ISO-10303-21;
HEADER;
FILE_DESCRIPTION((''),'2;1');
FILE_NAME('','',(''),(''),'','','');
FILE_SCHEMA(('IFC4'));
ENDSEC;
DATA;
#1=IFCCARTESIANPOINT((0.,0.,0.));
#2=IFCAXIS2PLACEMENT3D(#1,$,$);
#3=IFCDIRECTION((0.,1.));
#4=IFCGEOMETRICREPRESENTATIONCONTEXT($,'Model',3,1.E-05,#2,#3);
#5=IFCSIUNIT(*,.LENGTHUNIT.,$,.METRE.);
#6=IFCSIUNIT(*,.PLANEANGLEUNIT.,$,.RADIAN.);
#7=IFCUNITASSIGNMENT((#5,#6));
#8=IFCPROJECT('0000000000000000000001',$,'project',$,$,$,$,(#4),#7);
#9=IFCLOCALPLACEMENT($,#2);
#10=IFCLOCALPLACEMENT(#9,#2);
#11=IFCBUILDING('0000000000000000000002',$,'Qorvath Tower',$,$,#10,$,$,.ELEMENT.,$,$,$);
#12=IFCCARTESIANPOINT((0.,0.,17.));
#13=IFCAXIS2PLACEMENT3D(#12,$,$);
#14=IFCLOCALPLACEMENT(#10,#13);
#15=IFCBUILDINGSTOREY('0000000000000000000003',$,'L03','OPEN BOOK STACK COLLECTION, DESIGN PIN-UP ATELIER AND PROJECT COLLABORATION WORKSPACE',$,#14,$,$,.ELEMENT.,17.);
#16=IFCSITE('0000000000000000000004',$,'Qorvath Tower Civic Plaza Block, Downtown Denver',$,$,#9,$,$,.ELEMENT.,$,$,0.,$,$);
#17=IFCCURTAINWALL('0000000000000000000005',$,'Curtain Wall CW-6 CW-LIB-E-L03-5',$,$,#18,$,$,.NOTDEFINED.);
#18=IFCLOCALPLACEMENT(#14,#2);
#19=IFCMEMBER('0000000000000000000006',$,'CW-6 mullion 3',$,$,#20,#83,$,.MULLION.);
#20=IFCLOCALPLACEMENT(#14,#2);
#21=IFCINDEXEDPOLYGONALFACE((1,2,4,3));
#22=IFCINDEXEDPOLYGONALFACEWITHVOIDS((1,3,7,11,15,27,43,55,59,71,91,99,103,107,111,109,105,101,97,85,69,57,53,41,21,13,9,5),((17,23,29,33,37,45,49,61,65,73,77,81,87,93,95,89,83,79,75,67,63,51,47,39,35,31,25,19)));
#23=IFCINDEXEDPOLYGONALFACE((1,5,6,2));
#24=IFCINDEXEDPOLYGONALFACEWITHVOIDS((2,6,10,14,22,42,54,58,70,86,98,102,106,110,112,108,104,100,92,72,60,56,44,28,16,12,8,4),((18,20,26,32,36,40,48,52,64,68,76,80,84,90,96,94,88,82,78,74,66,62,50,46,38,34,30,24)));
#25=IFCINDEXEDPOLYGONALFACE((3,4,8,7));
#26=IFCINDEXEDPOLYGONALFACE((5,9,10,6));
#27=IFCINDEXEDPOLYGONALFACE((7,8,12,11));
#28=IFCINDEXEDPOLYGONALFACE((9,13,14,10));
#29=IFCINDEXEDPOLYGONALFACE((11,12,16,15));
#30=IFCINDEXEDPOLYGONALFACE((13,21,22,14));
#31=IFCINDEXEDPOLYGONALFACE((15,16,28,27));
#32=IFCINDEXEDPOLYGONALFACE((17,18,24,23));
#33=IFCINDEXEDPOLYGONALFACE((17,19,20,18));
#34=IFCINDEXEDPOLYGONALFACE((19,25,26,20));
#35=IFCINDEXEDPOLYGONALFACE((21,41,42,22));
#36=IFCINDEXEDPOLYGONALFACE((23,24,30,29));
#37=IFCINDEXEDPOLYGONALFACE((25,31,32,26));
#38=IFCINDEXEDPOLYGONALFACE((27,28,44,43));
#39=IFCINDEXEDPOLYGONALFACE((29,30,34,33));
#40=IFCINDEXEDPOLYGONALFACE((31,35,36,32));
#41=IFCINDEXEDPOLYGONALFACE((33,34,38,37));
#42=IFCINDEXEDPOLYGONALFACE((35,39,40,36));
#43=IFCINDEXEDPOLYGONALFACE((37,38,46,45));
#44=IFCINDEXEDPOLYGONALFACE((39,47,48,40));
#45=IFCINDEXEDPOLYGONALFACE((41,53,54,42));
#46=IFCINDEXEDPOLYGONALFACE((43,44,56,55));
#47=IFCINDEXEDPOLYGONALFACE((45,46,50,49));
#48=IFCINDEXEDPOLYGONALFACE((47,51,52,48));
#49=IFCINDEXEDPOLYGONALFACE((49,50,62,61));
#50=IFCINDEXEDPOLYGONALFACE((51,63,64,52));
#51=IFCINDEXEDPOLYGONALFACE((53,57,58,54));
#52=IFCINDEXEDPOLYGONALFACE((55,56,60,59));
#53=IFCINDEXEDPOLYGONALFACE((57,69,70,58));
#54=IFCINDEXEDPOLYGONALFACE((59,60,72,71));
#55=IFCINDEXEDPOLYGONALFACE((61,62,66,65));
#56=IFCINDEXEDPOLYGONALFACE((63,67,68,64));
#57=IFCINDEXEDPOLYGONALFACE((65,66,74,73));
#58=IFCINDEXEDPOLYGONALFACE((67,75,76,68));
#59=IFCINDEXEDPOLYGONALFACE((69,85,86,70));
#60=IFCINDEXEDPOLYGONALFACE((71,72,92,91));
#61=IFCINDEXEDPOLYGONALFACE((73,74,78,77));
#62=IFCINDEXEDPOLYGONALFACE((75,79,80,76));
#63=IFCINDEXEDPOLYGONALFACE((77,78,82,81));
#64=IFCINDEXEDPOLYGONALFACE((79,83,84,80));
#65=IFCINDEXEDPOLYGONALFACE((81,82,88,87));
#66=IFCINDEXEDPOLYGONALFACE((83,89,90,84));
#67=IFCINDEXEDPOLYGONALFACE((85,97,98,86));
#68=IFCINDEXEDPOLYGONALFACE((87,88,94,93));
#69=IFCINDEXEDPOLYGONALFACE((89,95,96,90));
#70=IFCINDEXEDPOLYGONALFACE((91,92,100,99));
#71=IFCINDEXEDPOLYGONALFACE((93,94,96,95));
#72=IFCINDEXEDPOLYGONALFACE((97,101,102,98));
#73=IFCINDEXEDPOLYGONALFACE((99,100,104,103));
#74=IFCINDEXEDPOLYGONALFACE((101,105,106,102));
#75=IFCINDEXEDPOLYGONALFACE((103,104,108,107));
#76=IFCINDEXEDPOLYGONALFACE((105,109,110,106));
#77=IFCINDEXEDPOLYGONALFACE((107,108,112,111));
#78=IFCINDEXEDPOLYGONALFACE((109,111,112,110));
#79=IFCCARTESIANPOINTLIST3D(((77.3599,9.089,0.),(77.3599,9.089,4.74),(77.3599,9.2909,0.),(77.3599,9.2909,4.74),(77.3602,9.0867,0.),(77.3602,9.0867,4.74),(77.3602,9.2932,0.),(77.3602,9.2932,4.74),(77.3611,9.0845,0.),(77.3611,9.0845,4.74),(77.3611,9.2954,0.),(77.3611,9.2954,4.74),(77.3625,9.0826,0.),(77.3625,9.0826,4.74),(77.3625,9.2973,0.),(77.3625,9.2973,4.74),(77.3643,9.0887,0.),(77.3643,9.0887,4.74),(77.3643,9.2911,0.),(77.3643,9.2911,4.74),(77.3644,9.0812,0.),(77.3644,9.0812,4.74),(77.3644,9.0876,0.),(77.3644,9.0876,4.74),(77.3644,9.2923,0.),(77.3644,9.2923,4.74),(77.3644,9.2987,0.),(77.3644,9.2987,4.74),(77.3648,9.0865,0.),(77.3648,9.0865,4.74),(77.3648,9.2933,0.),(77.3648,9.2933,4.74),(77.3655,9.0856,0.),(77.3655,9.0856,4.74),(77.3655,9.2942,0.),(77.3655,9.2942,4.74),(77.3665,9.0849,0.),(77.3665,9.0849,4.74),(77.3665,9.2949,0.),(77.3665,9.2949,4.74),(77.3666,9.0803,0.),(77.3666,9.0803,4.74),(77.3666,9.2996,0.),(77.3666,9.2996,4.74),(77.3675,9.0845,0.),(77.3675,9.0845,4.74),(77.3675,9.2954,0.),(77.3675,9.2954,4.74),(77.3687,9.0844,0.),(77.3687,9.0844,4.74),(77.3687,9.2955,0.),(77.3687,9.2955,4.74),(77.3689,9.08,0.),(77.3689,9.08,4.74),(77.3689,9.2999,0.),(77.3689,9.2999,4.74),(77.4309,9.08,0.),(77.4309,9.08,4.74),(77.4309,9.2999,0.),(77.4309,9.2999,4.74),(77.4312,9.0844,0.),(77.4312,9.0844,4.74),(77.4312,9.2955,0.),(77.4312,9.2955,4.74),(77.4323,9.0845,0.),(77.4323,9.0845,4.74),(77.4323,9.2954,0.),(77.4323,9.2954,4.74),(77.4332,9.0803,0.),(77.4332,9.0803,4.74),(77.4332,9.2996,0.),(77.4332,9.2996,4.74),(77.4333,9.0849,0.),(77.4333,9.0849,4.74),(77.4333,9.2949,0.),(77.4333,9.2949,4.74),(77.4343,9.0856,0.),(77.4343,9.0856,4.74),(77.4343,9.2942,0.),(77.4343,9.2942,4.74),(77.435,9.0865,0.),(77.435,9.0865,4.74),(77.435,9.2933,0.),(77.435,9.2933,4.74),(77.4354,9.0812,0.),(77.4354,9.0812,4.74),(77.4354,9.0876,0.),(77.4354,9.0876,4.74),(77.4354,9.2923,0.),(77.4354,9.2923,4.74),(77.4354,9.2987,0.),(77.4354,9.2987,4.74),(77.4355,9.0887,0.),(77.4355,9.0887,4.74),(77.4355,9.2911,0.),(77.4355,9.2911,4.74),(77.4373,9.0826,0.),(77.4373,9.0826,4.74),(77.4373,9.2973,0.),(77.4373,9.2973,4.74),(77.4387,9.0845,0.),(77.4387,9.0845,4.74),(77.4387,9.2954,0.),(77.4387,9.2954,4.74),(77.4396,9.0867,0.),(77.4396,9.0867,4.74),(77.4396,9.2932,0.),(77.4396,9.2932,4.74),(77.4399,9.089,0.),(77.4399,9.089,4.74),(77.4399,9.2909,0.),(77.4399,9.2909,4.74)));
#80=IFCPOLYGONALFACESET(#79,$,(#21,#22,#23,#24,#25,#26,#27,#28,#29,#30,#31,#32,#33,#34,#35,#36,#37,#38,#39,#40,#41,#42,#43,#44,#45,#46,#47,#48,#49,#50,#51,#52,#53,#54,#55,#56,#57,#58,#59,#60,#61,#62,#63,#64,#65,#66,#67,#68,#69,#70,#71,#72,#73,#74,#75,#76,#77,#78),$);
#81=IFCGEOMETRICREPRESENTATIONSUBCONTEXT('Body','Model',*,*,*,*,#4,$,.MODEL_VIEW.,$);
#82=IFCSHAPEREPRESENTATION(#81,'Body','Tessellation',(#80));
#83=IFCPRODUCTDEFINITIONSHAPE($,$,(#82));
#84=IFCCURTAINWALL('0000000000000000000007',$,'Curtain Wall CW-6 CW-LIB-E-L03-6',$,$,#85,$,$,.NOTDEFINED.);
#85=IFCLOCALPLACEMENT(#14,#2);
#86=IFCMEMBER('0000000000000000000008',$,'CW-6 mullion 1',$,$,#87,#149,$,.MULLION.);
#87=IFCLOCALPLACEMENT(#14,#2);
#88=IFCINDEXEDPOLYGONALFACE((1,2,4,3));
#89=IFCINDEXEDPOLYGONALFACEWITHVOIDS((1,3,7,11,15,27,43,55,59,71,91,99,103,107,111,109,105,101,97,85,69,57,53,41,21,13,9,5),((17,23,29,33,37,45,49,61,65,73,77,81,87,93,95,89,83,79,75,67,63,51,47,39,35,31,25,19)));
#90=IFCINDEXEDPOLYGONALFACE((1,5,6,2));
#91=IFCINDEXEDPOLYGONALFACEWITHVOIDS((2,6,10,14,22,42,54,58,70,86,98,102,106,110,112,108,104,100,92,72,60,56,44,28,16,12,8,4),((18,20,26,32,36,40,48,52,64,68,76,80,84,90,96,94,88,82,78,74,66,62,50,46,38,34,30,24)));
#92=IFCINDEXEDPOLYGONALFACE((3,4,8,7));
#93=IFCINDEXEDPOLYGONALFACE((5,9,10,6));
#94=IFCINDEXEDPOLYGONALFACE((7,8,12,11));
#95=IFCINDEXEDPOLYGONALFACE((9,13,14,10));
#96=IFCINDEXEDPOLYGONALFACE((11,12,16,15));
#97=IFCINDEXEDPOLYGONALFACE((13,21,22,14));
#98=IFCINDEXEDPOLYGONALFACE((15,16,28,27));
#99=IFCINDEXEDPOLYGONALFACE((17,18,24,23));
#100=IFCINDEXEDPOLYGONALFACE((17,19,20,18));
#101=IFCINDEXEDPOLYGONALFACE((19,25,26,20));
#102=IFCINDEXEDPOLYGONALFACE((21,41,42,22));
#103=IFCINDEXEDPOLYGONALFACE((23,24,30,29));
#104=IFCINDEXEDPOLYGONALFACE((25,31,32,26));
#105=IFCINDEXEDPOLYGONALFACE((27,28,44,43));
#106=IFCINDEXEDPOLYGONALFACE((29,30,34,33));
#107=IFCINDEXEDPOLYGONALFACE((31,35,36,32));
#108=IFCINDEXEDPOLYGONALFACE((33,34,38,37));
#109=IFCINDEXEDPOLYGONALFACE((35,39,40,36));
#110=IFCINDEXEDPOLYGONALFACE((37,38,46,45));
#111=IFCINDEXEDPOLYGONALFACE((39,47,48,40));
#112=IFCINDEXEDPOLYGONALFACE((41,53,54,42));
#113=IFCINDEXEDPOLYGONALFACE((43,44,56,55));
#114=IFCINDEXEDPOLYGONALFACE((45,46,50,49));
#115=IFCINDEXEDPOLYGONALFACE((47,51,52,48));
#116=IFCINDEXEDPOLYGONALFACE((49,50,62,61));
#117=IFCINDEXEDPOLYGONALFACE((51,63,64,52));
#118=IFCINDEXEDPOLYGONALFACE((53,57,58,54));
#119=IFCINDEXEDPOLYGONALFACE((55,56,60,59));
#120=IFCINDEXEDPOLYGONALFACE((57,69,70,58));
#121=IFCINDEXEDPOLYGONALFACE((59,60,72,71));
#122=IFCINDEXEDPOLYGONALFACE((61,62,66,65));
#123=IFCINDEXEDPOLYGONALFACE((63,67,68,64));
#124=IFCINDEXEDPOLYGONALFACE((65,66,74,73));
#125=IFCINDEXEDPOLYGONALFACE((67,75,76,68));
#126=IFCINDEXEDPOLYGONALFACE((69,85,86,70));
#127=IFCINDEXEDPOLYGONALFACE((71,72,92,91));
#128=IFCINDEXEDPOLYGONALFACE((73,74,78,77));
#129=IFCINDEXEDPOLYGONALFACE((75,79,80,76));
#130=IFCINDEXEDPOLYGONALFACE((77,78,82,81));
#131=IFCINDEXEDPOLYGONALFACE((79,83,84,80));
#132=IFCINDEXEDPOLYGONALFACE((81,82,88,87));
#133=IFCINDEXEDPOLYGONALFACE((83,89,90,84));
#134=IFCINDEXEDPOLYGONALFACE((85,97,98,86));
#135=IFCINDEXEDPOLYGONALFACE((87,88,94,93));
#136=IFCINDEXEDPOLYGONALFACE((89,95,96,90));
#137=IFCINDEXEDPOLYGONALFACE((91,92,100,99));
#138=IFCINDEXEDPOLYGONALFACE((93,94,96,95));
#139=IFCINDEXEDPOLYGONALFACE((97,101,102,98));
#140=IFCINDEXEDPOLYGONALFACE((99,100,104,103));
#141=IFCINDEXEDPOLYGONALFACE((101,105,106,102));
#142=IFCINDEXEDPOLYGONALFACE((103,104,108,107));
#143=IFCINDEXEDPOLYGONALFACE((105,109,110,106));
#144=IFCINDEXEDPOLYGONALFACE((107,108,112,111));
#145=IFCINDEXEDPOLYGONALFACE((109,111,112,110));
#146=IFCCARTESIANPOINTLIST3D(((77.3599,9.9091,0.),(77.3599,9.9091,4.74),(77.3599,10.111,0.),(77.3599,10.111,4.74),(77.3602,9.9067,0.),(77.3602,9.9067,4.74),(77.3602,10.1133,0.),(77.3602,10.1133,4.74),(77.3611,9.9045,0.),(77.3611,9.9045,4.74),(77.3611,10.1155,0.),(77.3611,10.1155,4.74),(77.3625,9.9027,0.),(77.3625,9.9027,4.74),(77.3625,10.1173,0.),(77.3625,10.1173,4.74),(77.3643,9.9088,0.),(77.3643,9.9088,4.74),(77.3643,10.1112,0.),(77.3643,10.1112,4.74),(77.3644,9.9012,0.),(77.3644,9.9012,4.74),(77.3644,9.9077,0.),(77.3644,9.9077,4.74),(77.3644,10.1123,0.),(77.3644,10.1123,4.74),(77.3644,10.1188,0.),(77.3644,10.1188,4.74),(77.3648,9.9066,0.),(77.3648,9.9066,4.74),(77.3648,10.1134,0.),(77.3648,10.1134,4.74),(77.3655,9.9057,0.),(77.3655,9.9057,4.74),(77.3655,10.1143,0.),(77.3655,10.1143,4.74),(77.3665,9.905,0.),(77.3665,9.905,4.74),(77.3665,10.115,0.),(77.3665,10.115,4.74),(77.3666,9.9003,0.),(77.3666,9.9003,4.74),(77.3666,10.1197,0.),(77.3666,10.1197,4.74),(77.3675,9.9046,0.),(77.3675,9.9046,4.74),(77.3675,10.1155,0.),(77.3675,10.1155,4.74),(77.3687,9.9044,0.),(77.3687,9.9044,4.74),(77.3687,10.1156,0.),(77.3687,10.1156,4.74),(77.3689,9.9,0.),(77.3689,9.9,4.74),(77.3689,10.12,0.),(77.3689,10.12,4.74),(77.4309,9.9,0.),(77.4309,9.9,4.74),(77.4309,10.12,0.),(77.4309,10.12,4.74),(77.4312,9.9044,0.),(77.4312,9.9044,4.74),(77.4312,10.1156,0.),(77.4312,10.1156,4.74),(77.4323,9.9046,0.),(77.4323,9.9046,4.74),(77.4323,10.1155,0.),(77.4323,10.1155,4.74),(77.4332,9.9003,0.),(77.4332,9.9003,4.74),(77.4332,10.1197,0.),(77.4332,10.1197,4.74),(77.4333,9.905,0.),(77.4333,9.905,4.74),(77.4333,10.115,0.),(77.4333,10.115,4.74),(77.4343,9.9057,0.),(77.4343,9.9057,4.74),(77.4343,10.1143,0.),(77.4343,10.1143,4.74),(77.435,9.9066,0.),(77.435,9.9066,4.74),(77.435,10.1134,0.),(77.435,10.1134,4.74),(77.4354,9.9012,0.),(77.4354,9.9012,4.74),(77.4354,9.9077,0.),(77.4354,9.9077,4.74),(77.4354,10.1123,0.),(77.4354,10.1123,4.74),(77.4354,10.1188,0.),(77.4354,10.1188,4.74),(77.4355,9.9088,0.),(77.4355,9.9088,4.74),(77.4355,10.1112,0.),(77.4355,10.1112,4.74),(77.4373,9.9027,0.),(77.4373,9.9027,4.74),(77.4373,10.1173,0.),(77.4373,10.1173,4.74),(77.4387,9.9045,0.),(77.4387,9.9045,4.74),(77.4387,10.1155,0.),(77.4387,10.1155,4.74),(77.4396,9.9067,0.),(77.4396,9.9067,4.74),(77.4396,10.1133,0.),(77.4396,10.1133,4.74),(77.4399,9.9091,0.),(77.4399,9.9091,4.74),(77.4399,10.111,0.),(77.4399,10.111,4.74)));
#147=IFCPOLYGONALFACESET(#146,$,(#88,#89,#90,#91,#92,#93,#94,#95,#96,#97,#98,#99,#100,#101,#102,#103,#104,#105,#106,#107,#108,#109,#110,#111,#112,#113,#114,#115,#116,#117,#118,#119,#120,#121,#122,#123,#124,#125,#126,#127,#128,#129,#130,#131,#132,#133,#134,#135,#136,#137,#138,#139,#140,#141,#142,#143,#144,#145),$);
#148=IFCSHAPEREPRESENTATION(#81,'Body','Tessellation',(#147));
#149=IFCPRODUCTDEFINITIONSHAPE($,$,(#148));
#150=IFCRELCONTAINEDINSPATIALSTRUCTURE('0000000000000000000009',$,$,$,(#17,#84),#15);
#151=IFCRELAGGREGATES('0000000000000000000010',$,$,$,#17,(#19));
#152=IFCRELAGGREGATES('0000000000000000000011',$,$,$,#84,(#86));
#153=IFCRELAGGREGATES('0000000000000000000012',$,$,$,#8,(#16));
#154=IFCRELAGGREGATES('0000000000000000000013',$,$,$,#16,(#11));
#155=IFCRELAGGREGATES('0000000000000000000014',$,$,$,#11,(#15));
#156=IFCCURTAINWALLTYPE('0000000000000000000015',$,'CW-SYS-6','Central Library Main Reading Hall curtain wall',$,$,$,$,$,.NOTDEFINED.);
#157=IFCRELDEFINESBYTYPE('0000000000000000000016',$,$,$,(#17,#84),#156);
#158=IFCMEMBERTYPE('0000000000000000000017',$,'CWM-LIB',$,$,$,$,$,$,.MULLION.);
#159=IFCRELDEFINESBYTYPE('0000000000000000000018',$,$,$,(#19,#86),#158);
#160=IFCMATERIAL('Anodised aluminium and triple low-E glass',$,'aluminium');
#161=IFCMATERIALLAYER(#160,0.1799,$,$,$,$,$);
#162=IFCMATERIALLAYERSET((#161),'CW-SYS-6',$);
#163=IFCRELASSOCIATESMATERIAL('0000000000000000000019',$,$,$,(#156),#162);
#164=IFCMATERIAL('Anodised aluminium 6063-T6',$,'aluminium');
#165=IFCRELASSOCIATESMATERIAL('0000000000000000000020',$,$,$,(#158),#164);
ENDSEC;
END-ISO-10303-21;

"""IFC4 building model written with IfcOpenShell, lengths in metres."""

from ifc_helpers import new_model, si_unit, direction, frame, origin, origin_2d, place, context, subcontext, project, spatial, hollow_rectangle, extrude, material, layer, layer_set, material_profile, profile_set, type_object, element, aggregate, save


model = new_model("IFC4")

# Units and contexts
model_context = context("Model", 3, precision=1e-05, world=origin(), true_north=direction((0.0, 1.0)))
body_context = subcontext(model_context, "Body", "Model", "MODEL_VIEW")
ifc_project = project(units=[si_unit("LENGTHUNIT", "METRE"), si_unit("PLANEANGLEUNIT", "RADIAN")], contexts=[model_context])

# Site, building, storey
site_placement = place(None, origin())
site = spatial("IfcSite", under=ifc_project, at=site_placement, Name="Qorvath Tower Civic Plaza Block, Downtown Denver", CompositionType="ELEMENT", RefElevation=0.0)
building_placement = place(site_placement, origin())
building = spatial("IfcBuilding", under=site, at=building_placement, Name="Qorvath Tower", CompositionType="ELEMENT")
storey_placement = place(building_placement, frame((0.0, 0.0, 17.0)))
storey = spatial("IfcBuildingStorey", under=building, at=storey_placement, Name="L03", Description="OPEN BOOK STACK COLLECTION, DESIGN PIN-UP ATELIER AND PROJECT COLLABORATION WORKSPACE", CompositionType="ELEMENT", Elevation=17.0)

# Curtain walls, members
ifc_material_1 = material(Name="Anodised aluminium and triple low-E glass", Category="aluminium")
ifc_layer_1 = layer(ifc_material_1, 0.1799)
ifc_layer_set_1 = layer_set([ifc_layer_1], Name="CW-SYS-6")
curtain_wall_type = type_object("IfcCurtainWallType", Name="CW-SYS-6", Description="Central Library Main Reading Hall curtain wall", PredefinedType="NOTDEFINED", material=ifc_layer_set_1)
curtain_wall_1_placement = place(storey_placement, origin())
curtain_wall_1 = element("IfcCurtainWall", 1, at=curtain_wall_1_placement, inside=storey, type_object=curtain_wall_type, Name="Curtain Wall CW-6 CW-LIB-E-L03-5", PredefinedType="NOTDEFINED")
ifc_material_2 = material(Name="Anodised aluminium 6063-T6", Category="aluminium")
ifc_material_profile_1 = material_profile(ifc_material_2, hollow_rectangle(XDim=0.0801, YDim=0.22, WallThickness=0.0044, InnerFilletRadius=0.0044, OuterFilletRadius=0.009, at=origin_2d()), Name="CWM LIB 220x80")
ifc_profile_set_1 = profile_set([ifc_material_profile_1], Name="Anodised aluminium 6063-T6")
member_type_1 = type_object("IfcMemberType", Name="CWM-LIB", PredefinedType="MULLION", material=ifc_profile_set_1)
member_1_placement = place(storey_placement, frame((77.3999, 9.1899, 0.0), z_axis=(0.0, 0.0, 1.0), x_axis=(-1.0, 0.0, 0.0)))
member_1 = element("IfcMember", 2, at=member_1_placement, type_object=member_type_1, Name="CW-6 mullion 3", PredefinedType="MULLION", context=body_context, shape_type="SweptSolid", body=[
    extrude(hollow_rectangle(XDim=0.0801, YDim=0.22, WallThickness=0.0044, InnerFilletRadius=0.0044, OuterFilletRadius=0.009, at=origin_2d()), origin(), (0.0, 0.0, 1.0), 4.74),
])
curtain_wall_2_placement = place(storey_placement, origin())
curtain_wall_2 = element("IfcCurtainWall", 3, at=curtain_wall_2_placement, inside=storey, type_object=curtain_wall_type, Name="Curtain Wall CW-6 CW-LIB-E-L03-6", PredefinedType="NOTDEFINED")
member_2_placement = place(storey_placement, frame((77.3999, 10.01, 0.0), z_axis=(0.0, 0.0, 1.0), x_axis=(-1.0, 0.0, 0.0)))
member_2 = element("IfcMember", 4, at=member_2_placement, type_object=member_type_1, Name="CW-6 mullion 1", PredefinedType="MULLION", context=body_context, shape_type="SweptSolid", body=[
    extrude(hollow_rectangle(XDim=0.0801, YDim=0.22, WallThickness=0.0044, InnerFilletRadius=0.0044, OuterFilletRadius=0.009, at=origin_2d()), origin(), (0.0, 0.0, 1.0), 4.74),
])

aggregate(curtain_wall_1, [member_1])
aggregate(curtain_wall_2, [member_2])

save(model, "model.ifc")
